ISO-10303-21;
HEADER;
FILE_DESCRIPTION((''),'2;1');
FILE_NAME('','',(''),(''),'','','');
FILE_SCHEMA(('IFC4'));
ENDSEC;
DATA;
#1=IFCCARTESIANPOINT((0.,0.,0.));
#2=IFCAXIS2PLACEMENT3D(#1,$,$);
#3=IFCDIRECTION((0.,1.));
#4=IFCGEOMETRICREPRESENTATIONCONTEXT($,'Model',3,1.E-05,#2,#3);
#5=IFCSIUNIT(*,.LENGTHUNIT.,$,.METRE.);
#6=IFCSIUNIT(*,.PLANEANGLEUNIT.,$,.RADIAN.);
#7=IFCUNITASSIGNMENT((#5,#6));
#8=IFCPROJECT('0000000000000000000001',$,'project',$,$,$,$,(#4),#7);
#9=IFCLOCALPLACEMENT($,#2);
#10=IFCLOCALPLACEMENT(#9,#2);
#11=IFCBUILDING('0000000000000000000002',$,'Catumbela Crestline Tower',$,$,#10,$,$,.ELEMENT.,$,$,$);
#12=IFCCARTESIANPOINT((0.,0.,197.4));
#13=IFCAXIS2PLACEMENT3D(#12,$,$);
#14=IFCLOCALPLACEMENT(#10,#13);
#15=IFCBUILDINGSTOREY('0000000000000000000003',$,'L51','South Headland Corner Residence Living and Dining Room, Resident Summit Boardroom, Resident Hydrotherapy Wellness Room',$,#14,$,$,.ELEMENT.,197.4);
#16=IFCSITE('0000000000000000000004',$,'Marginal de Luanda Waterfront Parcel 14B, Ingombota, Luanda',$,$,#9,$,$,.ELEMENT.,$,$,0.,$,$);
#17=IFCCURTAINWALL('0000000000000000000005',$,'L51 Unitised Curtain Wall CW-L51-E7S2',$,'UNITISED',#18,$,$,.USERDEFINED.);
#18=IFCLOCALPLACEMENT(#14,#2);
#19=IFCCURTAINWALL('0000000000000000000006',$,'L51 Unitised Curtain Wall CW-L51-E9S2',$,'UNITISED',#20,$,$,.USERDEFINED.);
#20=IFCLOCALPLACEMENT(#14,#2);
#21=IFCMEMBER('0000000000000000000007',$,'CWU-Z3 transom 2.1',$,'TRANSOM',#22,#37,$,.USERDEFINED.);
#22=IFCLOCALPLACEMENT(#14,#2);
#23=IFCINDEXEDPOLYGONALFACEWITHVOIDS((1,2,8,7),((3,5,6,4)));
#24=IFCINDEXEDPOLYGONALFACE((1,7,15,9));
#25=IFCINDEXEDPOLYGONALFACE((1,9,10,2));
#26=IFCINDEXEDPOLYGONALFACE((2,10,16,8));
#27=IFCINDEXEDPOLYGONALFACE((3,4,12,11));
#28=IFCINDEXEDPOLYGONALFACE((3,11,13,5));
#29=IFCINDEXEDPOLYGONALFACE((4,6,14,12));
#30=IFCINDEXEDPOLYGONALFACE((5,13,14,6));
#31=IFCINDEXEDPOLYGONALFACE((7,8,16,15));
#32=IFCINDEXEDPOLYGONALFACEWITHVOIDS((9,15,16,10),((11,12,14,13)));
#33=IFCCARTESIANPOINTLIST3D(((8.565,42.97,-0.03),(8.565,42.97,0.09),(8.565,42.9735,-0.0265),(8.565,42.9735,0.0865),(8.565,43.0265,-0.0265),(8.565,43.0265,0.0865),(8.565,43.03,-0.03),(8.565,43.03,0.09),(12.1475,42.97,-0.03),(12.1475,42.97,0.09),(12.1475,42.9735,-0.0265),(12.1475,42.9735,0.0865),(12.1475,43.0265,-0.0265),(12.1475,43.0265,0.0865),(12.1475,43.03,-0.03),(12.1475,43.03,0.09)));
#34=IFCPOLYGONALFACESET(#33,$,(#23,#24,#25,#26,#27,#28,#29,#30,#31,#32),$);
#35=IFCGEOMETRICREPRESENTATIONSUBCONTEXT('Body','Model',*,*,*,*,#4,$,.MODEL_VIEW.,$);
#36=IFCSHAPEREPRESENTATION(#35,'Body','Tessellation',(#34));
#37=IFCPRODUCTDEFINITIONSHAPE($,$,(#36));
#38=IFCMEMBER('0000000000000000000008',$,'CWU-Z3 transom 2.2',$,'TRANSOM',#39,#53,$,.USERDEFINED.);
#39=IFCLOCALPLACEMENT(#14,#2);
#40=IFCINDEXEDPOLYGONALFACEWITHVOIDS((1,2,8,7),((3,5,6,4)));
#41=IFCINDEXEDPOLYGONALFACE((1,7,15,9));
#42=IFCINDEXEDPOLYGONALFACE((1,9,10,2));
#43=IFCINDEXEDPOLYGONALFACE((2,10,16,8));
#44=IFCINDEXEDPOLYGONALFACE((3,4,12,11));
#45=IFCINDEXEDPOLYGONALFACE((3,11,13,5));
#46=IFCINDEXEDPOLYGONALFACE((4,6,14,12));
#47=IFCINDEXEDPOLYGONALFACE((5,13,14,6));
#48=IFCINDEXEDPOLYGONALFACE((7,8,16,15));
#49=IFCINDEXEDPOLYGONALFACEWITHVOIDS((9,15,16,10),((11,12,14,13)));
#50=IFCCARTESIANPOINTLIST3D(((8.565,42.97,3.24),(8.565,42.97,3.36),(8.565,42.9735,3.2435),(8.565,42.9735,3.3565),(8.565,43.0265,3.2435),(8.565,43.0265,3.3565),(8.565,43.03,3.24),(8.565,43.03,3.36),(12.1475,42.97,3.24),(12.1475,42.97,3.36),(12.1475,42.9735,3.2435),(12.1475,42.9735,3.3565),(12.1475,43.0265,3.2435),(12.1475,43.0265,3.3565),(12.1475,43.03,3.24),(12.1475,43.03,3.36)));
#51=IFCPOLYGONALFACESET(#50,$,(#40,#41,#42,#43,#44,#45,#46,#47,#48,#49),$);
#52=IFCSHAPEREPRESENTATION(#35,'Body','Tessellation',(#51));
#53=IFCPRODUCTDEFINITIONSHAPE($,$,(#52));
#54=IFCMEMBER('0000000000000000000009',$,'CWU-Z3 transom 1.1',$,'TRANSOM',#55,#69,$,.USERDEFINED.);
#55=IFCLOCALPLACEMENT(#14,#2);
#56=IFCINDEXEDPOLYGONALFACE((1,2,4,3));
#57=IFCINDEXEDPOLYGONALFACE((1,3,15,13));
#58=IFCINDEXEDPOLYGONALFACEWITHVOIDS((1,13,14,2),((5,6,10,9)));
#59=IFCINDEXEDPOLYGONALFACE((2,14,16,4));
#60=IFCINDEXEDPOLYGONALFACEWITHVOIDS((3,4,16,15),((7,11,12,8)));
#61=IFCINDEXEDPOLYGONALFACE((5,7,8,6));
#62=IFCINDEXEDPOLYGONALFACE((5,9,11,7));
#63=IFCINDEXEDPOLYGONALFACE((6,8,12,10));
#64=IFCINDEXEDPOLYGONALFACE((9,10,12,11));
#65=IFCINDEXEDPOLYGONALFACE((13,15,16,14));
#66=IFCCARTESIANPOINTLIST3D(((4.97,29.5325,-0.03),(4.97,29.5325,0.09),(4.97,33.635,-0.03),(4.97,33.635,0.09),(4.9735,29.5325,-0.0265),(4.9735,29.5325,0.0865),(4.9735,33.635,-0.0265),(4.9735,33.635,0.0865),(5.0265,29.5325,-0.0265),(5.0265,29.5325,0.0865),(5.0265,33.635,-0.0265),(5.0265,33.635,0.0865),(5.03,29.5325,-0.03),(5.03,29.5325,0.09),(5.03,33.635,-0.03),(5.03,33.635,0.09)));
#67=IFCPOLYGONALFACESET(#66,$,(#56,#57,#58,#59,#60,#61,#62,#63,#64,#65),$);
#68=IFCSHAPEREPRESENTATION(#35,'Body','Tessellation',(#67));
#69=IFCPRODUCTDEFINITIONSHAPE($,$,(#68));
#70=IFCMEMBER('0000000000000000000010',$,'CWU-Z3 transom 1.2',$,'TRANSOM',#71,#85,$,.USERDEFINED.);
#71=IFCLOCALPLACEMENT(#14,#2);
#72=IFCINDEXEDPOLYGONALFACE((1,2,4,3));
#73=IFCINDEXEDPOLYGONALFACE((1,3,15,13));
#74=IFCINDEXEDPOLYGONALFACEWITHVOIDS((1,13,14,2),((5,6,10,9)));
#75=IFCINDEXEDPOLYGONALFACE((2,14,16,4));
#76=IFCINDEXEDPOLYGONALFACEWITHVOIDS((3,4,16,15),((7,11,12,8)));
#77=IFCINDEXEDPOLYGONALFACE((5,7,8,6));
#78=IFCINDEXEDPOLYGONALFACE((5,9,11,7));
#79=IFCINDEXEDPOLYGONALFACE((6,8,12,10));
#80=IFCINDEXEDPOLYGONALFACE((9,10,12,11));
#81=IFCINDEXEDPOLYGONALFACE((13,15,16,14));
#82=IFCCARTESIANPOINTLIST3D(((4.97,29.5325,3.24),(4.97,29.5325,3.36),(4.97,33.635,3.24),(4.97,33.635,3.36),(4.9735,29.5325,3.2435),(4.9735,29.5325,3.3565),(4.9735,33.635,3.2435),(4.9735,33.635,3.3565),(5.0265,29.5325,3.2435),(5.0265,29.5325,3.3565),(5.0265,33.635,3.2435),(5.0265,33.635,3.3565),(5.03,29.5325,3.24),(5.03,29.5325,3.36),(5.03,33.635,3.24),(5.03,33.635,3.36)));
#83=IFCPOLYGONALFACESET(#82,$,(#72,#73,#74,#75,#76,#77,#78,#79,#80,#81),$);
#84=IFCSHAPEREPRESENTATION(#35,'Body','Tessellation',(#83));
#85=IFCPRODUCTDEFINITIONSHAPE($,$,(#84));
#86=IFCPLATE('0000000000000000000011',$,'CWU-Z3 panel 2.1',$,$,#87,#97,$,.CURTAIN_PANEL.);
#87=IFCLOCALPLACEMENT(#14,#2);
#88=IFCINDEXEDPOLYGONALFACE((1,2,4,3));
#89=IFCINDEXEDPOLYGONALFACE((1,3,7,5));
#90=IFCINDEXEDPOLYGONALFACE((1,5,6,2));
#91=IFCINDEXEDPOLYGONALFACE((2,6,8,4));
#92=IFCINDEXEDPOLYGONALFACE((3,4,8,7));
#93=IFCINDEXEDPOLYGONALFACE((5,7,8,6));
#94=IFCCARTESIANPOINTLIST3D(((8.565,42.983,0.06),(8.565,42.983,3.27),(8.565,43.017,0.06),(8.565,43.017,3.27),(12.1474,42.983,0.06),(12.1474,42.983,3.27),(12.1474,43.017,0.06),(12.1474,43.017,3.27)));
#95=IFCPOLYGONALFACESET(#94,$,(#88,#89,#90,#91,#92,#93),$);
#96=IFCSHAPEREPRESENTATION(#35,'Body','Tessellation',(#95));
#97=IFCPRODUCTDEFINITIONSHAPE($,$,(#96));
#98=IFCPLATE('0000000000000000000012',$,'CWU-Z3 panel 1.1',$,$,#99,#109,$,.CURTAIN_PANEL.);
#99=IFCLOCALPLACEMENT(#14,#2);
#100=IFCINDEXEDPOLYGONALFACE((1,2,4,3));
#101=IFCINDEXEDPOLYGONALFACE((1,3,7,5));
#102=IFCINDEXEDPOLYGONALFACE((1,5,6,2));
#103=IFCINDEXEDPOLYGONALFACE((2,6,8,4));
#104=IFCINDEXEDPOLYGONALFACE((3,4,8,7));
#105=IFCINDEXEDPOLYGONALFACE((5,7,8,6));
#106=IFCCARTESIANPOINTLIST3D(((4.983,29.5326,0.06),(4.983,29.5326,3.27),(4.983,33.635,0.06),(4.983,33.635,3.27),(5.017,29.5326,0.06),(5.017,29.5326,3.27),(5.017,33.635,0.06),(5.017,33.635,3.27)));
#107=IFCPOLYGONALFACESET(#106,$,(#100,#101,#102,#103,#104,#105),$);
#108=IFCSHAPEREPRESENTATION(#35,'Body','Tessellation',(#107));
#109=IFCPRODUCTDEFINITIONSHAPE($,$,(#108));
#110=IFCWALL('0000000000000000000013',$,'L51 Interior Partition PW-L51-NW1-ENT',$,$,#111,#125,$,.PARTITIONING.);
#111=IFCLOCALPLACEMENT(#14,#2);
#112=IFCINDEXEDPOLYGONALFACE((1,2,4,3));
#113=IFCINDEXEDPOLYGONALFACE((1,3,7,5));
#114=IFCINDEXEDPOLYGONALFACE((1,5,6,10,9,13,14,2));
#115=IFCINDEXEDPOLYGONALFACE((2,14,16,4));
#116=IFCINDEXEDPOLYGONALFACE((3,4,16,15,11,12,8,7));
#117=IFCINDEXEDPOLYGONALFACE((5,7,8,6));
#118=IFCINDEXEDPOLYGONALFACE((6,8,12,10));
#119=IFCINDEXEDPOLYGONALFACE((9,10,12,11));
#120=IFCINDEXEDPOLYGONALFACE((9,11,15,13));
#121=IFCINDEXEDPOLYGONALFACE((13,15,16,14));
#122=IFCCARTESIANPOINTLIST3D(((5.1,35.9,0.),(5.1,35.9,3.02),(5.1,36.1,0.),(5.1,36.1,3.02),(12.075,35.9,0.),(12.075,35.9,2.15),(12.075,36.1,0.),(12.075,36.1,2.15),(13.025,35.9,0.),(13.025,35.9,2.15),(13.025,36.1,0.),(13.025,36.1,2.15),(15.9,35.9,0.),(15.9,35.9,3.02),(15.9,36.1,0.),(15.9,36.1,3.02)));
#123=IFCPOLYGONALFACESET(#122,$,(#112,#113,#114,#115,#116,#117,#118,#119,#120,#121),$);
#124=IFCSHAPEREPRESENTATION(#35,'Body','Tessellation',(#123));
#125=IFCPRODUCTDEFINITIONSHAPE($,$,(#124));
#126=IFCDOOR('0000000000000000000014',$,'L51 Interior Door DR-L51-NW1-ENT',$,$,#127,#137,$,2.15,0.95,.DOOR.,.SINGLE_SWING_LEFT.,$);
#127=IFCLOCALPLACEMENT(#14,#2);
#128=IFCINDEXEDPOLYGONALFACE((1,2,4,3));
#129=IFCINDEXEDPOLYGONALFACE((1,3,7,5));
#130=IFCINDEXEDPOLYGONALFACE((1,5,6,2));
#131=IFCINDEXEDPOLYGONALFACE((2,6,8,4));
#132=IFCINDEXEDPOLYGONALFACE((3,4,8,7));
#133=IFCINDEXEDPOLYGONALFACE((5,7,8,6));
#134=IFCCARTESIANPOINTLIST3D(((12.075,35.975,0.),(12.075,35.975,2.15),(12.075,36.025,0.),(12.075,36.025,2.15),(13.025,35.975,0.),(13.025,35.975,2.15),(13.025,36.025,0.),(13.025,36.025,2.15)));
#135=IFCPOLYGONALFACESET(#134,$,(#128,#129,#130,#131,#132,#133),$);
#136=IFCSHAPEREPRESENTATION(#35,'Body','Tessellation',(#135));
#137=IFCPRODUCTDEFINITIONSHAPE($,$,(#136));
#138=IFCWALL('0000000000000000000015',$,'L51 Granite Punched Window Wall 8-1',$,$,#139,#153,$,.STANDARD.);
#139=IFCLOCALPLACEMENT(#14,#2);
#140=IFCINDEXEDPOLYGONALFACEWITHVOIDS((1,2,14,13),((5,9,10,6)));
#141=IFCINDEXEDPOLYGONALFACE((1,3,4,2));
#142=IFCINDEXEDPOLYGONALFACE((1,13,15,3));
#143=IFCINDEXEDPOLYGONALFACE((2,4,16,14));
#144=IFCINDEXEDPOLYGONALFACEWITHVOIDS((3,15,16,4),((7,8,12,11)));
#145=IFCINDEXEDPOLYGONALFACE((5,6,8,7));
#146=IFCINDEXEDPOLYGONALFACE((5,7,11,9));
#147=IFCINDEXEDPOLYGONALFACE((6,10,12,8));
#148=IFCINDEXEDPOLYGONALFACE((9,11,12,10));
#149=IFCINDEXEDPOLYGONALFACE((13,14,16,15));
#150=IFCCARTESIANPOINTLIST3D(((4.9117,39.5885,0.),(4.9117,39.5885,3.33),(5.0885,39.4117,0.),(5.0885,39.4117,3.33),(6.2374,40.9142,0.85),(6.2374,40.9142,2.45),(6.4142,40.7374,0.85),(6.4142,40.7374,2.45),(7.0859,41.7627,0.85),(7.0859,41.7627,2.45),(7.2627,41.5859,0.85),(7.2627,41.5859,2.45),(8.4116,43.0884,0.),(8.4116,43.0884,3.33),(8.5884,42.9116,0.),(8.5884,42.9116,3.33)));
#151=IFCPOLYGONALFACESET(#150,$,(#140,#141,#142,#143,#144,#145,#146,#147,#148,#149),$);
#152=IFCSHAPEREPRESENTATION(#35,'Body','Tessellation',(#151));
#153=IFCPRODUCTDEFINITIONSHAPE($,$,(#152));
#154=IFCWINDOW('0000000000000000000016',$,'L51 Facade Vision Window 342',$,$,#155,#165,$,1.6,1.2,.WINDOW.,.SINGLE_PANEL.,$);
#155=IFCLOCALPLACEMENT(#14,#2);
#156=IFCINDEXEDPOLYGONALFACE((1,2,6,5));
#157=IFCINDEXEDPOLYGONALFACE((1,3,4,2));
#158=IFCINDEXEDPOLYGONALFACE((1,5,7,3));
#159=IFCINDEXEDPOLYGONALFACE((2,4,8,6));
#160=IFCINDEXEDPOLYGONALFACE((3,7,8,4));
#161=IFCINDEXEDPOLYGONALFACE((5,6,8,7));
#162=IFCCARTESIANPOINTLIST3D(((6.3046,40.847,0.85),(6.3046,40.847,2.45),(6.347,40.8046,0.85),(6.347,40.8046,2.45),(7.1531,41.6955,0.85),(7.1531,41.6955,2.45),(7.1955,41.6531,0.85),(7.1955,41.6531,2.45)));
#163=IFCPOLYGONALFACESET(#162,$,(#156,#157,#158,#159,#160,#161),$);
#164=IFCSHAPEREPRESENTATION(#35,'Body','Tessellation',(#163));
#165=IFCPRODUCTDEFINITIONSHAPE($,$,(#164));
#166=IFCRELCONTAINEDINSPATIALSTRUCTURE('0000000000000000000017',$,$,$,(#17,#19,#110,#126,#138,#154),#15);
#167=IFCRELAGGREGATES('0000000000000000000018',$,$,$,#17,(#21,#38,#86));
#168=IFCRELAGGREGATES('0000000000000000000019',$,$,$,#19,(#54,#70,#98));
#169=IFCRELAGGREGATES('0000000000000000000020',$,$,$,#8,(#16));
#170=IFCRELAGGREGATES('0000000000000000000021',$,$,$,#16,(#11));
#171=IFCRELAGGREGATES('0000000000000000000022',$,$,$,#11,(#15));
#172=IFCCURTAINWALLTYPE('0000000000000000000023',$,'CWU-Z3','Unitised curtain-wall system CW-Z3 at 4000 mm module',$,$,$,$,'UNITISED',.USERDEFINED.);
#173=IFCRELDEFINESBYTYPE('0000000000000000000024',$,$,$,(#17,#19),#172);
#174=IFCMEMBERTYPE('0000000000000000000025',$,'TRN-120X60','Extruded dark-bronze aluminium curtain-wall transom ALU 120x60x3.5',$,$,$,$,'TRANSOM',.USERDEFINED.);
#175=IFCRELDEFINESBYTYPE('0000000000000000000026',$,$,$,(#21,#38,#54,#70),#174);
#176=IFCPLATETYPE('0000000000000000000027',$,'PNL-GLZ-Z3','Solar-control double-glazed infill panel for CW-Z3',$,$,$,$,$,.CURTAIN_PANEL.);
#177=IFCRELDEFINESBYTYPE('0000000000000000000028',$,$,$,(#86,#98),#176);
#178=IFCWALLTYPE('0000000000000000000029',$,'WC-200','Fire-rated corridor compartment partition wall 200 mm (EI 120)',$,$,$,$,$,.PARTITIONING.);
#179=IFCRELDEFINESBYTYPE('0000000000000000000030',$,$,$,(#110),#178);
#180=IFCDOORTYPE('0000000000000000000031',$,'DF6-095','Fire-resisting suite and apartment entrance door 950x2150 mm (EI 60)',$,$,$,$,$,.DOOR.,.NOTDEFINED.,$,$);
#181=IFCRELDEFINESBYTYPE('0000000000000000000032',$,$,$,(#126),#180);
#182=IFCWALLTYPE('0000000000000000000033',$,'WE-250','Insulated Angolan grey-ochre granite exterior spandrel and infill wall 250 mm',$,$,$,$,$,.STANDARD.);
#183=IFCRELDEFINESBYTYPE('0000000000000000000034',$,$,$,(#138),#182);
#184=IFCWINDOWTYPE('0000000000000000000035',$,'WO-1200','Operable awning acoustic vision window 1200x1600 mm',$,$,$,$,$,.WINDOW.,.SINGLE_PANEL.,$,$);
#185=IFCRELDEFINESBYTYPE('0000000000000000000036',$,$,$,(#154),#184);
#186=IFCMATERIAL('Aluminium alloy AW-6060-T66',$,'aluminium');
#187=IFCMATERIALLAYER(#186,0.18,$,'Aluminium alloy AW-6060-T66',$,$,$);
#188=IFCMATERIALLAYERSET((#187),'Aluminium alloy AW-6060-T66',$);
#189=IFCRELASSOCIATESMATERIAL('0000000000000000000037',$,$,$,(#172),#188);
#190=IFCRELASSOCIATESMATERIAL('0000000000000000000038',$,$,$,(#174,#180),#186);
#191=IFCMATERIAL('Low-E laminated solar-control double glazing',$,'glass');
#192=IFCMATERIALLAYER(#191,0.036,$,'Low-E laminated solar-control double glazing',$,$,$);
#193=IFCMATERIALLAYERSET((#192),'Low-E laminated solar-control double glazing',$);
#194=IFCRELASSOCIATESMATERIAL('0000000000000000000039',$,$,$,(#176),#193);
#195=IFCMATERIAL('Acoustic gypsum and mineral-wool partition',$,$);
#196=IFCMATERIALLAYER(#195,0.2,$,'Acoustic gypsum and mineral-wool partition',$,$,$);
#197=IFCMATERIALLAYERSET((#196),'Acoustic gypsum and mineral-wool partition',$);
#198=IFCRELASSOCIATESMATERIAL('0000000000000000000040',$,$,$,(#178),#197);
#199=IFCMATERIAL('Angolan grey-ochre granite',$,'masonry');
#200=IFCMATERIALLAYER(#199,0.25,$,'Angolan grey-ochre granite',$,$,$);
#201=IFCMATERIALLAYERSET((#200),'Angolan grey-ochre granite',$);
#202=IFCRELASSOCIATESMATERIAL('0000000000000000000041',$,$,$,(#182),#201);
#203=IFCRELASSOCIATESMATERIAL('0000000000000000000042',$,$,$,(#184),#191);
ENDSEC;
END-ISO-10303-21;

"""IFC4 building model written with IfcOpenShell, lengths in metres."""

from ifc_helpers import new_model, si_unit, direction, frame, frame_2d, origin, origin_2d, place, context, subcontext, project, spatial, rectangle, hollow_rectangle, extrude, material, layer, layer_set, material_profile, profile_set, type_object, element, fill, aggregate, save


model = new_model("IFC4")

# Units and contexts
model_context = context("Model", 3, precision=1e-05, world=origin(), true_north=direction((0.0, 1.0)))
body_context = subcontext(model_context, "Body", "Model", "MODEL_VIEW")
ifc_project = project(units=[si_unit("LENGTHUNIT", "METRE"), si_unit("PLANEANGLEUNIT", "RADIAN")], contexts=[model_context])

# Site, building, storey
site_placement = place(None, origin())
site = spatial("IfcSite", under=ifc_project, at=site_placement, Name="Marginal de Luanda Waterfront Parcel 14B, Ingombota, Luanda", CompositionType="ELEMENT", RefElevation=0.0)
building_placement = place(site_placement, origin())
building = spatial("IfcBuilding", under=site, at=building_placement, Name="Catumbela Crestline Tower", CompositionType="ELEMENT")
storey_placement = place(building_placement, frame((0.0, 0.0, 197.4)))
storey = spatial("IfcBuildingStorey", under=building, at=storey_placement, Name="L51", Description="South Headland Corner Residence Living and Dining Room, Resident Summit Boardroom, Resident Hydrotherapy Wellness Room", CompositionType="ELEMENT", Elevation=197.4)

# Curtain walls
ifc_material_1 = material(Name="Aluminium alloy AW-6060-T66", Category="aluminium")
ifc_layer_1 = layer(ifc_material_1, 0.18, Name="Aluminium alloy AW-6060-T66")
ifc_layer_set_1 = layer_set([ifc_layer_1], Name="Aluminium alloy AW-6060-T66")
curtain_wall_type = type_object("IfcCurtainWallType", Name="CWU-Z3", Description="Unitised curtain-wall system CW-Z3 at 4000 mm module", ElementType="UNITISED", PredefinedType="USERDEFINED", material=ifc_layer_set_1)
curtain_wall_1_placement = place(storey_placement, origin())
curtain_wall_1 = element("IfcCurtainWall", 1, at=curtain_wall_1_placement, inside=storey, type_object=curtain_wall_type, Name="L51 Unitised Curtain Wall CW-L51-E7S2", ObjectType="UNITISED", PredefinedType="USERDEFINED")
curtain_wall_2_placement = place(storey_placement, origin())
curtain_wall_2 = element("IfcCurtainWall", 2, at=curtain_wall_2_placement, inside=storey, type_object=curtain_wall_type, Name="L51 Unitised Curtain Wall CW-L51-E9S2", ObjectType="UNITISED", PredefinedType="USERDEFINED")

# Members
ifc_material_profile_1 = material_profile(ifc_material_1, hollow_rectangle(XDim=0.06, YDim=0.12, WallThickness=0.0035, at=origin_2d()), Name="ALU 120x60x3.5")
ifc_profile_set_1 = profile_set([ifc_material_profile_1], Name="Aluminium alloy AW-6060-T66")
member_type_1 = type_object("IfcMemberType", Name="TRN-120X60", Description="Extruded dark-bronze aluminium curtain-wall transom ALU 120x60x3.5", ElementType="TRANSOM", PredefinedType="USERDEFINED", material=ifc_profile_set_1)
member_1_placement = place(storey_placement, frame((12.1475, 43.0, 0.03), z_axis=(-1.0, 0.0, 0.0), x_axis=(0.0, -1.0, 0.0)))
member_1 = element("IfcMember", 3, at=member_1_placement, type_object=member_type_1, Name="CWU-Z3 transom 2.1", ObjectType="TRANSOM", PredefinedType="USERDEFINED", context=body_context, shape_type="SweptSolid", body=[
    extrude(hollow_rectangle(XDim=0.06, YDim=0.12, WallThickness=0.0035, at=origin_2d()), origin(), (0.0, 0.0, 1.0), 3.5825),
])
member_2_placement = place(storey_placement, frame((12.1475, 43.0, 3.3), z_axis=(-1.0, 0.0, 0.0), x_axis=(0.0, -1.0, 0.0)))
member_2 = element("IfcMember", 4, at=member_2_placement, type_object=member_type_1, Name="CWU-Z3 transom 2.2", ObjectType="TRANSOM", PredefinedType="USERDEFINED", context=body_context, shape_type="SweptSolid", body=[
    extrude(hollow_rectangle(XDim=0.06, YDim=0.12, WallThickness=0.0035, at=origin_2d()), origin(), (0.0, 0.0, 1.0), 3.5825),
])
member_3_placement = place(storey_placement, frame((5.0, 33.635, 0.03), z_axis=(0.0, -1.0, 0.0), x_axis=(1.0, 0.0, 0.0)))
member_3 = element("IfcMember", 5, at=member_3_placement, type_object=member_type_1, Name="CWU-Z3 transom 1.1", ObjectType="TRANSOM", PredefinedType="USERDEFINED", context=body_context, shape_type="SweptSolid", body=[
    extrude(hollow_rectangle(XDim=0.06, YDim=0.12, WallThickness=0.0035, at=origin_2d()), origin(), (0.0, 0.0, 1.0), 4.1025),
])
member_4_placement = place(storey_placement, frame((5.0, 33.635, 3.3), z_axis=(0.0, -1.0, 0.0), x_axis=(1.0, 0.0, 0.0)))
member_4 = element("IfcMember", 6, at=member_4_placement, type_object=member_type_1, Name="CWU-Z3 transom 1.2", ObjectType="TRANSOM", PredefinedType="USERDEFINED", context=body_context, shape_type="SweptSolid", body=[
    extrude(hollow_rectangle(XDim=0.06, YDim=0.12, WallThickness=0.0035, at=origin_2d()), origin(), (0.0, 0.0, 1.0), 4.1025),
])

# Plates
ifc_material_2 = material(Name="Low-E laminated solar-control double glazing", Category="glass")
ifc_layer_2 = layer(ifc_material_2, 0.036, Name="Low-E laminated solar-control double glazing")
ifc_layer_set_2 = layer_set([ifc_layer_2], Name="Low-E laminated solar-control double glazing")
plate_type = type_object("IfcPlateType", Name="PNL-GLZ-Z3", Description="Solar-control double-glazed infill panel for CW-Z3", PredefinedType="CURTAIN_PANEL", material=ifc_layer_set_2)
plate_1_placement = place(storey_placement, frame((10.3562, 43.0, 0.06), z_axis=(0.0, 0.0, 1.0), x_axis=(-1.0, 0.0, 0.0)))
plate_1 = element("IfcPlate", 7, at=plate_1_placement, type_object=plate_type, Name="CWU-Z3 panel 2.1", PredefinedType="CURTAIN_PANEL", context=body_context, shape_type="SweptSolid", body=[
    extrude(rectangle(XDim=3.5825, YDim=0.034, at=origin_2d()), origin(), (0.0, 0.0, 1.0), 3.21),
])
aggregate(curtain_wall_1, [member_1, member_2, plate_1])
plate_2_placement = place(storey_placement, frame((5.0, 31.5838, 0.06), z_axis=(0.0, 0.0, 1.0), x_axis=(0.0, -1.0, 0.0)))
plate_2 = element("IfcPlate", 8, at=plate_2_placement, type_object=plate_type, Name="CWU-Z3 panel 1.1", PredefinedType="CURTAIN_PANEL", context=body_context, shape_type="SweptSolid", body=[
    extrude(rectangle(XDim=4.1025, YDim=0.034, at=origin_2d()), origin(), (0.0, 0.0, 1.0), 3.21),
])
aggregate(curtain_wall_2, [member_3, member_4, plate_2])

# Wall, opening, door
ifc_material_3 = material(Name="Acoustic gypsum and mineral-wool partition")
ifc_layer_3 = layer(ifc_material_3, 0.2, Name="Acoustic gypsum and mineral-wool partition")
ifc_layer_set_3 = layer_set([ifc_layer_3], Name="Acoustic gypsum and mineral-wool partition")
wall_type_1 = type_object("IfcWallType", Name="WC-200", Description="Fire-rated corridor compartment partition wall 200 mm (EI 120)", PredefinedType="PARTITIONING", material=ifc_layer_set_3)
wall_1_placement = place(storey_placement, frame((5.1, 36.0, 0.0), z_axis=(0.0, 0.0, 1.0), x_axis=(1.0, 0.0, 0.0)))
wall_1 = element("IfcWall", 9, at=wall_1_placement, inside=storey, type_object=wall_type_1, Name="L51 Interior Partition PW-L51-NW1-ENT", PredefinedType="PARTITIONING", context=body_context, shape_type="SweptSolid", body=[
    extrude(rectangle(XDim=10.8, YDim=0.2, at=frame_2d((5.4, 0.0))), origin(), (0.0, 0.0, 1.0), 3.02),
])
opening_1_placement = place(wall_1_placement, frame((6.975, 0.0, 0.0)))
opening_1 = element("IfcOpeningElement", 10, at=opening_1_placement, cuts=wall_1, PredefinedType="OPENING", context=body_context, shape_type="SweptSolid", body=[
    extrude(rectangle(XDim=0.95, YDim=2.15, at=frame_2d((0.475, 1.075))), frame((0.0, 0.11, 0.0), z_axis=(0.0, -1.0, 0.0), x_axis=(1.0, 0.0, 0.0)), (0.0, 0.0, 1.0), 0.22),
])
door_type_1 = type_object("IfcDoorType", Name="DF6-095", Description="Fire-resisting suite and apartment entrance door 950x2150 mm (EI 60)", OperationType="NOTDEFINED", PredefinedType="DOOR", material=ifc_material_1)
door_1_placement = place(opening_1_placement, origin())
door_1 = element("IfcDoor", 11, at=door_1_placement, inside=storey, type_object=door_type_1, Name="L51 Interior Door DR-L51-NW1-ENT", OperationType="SINGLE_SWING_LEFT", OverallHeight=2.15, OverallWidth=0.95, PredefinedType="DOOR", context=body_context, shape_type="SweptSolid", body=[
    extrude(rectangle(XDim=0.95, YDim=2.15, at=frame_2d((0.475, 1.075))), frame((0.0, 0.025, 0.0), z_axis=(0.0, -1.0, 0.0), x_axis=(1.0, 0.0, 0.0)), (0.0, 0.0, 1.0), 0.05),
])
fill(opening_1, door_1)

# Wall, opening, window
ifc_material_4 = material(Name="Angolan grey-ochre granite", Category="masonry")
ifc_layer_4 = layer(ifc_material_4, 0.25, Name="Angolan grey-ochre granite")
ifc_layer_set_4 = layer_set([ifc_layer_4], Name="Angolan grey-ochre granite")
wall_type_2 = type_object("IfcWallType", Name="WE-250", Description="Insulated Angolan grey-ochre granite exterior spandrel and infill wall 250 mm", PredefinedType="STANDARD", material=ifc_layer_set_4)
wall_2_placement = place(storey_placement, frame((8.5, 43.0, 0.0), z_axis=(0.0, 0.0, 1.0), x_axis=(-0.707107, -0.707107, 0.0)))
wall_2 = element("IfcWall", 12, at=wall_2_placement, inside=storey, type_object=wall_type_2, Name="L51 Granite Punched Window Wall 8-1", PredefinedType="STANDARD", context=body_context, shape_type="SweptSolid", body=[
    extrude(rectangle(XDim=4.9497, YDim=0.25, at=frame_2d((2.4748, 0.0))), origin(), (0.0, 0.0, 1.0), 3.33),
])
opening_2_placement = place(wall_2_placement, frame((1.8748, 0.0, 0.85)))
opening_2 = element("IfcOpeningElement", 13, at=opening_2_placement, cuts=wall_2, PredefinedType="OPENING", context=body_context, shape_type="SweptSolid", body=[
    extrude(rectangle(XDim=1.2, YDim=1.6, at=frame_2d((0.6, 0.8))), frame((0.0, 0.135, 0.0), z_axis=(0.0, -1.0, 0.0), x_axis=(1.0, 0.0, 0.0)), (0.0, 0.0, 1.0), 0.27),
])
window_type = type_object("IfcWindowType", Name="WO-1200", Description="Operable awning acoustic vision window 1200x1600 mm", PartitioningType="SINGLE_PANEL", PredefinedType="WINDOW", material=ifc_material_2)
window_1_placement = place(opening_2_placement, origin())
window_1 = element("IfcWindow", 14, at=window_1_placement, inside=storey, type_object=window_type, Name="L51 Facade Vision Window 342", OverallHeight=1.6, OverallWidth=1.2, PartitioningType="SINGLE_PANEL", PredefinedType="WINDOW", context=body_context, shape_type="SweptSolid", body=[
    extrude(rectangle(XDim=1.2, YDim=1.6, at=frame_2d((0.6, 0.8))), frame((0.0, 0.03, 0.0), z_axis=(0.0, -1.0, 0.0), x_axis=(1.0, 0.0, 0.0)), (0.0, 0.0, 1.0), 0.06),
])
fill(opening_2, window_1)

save(model, "model.ifc")
